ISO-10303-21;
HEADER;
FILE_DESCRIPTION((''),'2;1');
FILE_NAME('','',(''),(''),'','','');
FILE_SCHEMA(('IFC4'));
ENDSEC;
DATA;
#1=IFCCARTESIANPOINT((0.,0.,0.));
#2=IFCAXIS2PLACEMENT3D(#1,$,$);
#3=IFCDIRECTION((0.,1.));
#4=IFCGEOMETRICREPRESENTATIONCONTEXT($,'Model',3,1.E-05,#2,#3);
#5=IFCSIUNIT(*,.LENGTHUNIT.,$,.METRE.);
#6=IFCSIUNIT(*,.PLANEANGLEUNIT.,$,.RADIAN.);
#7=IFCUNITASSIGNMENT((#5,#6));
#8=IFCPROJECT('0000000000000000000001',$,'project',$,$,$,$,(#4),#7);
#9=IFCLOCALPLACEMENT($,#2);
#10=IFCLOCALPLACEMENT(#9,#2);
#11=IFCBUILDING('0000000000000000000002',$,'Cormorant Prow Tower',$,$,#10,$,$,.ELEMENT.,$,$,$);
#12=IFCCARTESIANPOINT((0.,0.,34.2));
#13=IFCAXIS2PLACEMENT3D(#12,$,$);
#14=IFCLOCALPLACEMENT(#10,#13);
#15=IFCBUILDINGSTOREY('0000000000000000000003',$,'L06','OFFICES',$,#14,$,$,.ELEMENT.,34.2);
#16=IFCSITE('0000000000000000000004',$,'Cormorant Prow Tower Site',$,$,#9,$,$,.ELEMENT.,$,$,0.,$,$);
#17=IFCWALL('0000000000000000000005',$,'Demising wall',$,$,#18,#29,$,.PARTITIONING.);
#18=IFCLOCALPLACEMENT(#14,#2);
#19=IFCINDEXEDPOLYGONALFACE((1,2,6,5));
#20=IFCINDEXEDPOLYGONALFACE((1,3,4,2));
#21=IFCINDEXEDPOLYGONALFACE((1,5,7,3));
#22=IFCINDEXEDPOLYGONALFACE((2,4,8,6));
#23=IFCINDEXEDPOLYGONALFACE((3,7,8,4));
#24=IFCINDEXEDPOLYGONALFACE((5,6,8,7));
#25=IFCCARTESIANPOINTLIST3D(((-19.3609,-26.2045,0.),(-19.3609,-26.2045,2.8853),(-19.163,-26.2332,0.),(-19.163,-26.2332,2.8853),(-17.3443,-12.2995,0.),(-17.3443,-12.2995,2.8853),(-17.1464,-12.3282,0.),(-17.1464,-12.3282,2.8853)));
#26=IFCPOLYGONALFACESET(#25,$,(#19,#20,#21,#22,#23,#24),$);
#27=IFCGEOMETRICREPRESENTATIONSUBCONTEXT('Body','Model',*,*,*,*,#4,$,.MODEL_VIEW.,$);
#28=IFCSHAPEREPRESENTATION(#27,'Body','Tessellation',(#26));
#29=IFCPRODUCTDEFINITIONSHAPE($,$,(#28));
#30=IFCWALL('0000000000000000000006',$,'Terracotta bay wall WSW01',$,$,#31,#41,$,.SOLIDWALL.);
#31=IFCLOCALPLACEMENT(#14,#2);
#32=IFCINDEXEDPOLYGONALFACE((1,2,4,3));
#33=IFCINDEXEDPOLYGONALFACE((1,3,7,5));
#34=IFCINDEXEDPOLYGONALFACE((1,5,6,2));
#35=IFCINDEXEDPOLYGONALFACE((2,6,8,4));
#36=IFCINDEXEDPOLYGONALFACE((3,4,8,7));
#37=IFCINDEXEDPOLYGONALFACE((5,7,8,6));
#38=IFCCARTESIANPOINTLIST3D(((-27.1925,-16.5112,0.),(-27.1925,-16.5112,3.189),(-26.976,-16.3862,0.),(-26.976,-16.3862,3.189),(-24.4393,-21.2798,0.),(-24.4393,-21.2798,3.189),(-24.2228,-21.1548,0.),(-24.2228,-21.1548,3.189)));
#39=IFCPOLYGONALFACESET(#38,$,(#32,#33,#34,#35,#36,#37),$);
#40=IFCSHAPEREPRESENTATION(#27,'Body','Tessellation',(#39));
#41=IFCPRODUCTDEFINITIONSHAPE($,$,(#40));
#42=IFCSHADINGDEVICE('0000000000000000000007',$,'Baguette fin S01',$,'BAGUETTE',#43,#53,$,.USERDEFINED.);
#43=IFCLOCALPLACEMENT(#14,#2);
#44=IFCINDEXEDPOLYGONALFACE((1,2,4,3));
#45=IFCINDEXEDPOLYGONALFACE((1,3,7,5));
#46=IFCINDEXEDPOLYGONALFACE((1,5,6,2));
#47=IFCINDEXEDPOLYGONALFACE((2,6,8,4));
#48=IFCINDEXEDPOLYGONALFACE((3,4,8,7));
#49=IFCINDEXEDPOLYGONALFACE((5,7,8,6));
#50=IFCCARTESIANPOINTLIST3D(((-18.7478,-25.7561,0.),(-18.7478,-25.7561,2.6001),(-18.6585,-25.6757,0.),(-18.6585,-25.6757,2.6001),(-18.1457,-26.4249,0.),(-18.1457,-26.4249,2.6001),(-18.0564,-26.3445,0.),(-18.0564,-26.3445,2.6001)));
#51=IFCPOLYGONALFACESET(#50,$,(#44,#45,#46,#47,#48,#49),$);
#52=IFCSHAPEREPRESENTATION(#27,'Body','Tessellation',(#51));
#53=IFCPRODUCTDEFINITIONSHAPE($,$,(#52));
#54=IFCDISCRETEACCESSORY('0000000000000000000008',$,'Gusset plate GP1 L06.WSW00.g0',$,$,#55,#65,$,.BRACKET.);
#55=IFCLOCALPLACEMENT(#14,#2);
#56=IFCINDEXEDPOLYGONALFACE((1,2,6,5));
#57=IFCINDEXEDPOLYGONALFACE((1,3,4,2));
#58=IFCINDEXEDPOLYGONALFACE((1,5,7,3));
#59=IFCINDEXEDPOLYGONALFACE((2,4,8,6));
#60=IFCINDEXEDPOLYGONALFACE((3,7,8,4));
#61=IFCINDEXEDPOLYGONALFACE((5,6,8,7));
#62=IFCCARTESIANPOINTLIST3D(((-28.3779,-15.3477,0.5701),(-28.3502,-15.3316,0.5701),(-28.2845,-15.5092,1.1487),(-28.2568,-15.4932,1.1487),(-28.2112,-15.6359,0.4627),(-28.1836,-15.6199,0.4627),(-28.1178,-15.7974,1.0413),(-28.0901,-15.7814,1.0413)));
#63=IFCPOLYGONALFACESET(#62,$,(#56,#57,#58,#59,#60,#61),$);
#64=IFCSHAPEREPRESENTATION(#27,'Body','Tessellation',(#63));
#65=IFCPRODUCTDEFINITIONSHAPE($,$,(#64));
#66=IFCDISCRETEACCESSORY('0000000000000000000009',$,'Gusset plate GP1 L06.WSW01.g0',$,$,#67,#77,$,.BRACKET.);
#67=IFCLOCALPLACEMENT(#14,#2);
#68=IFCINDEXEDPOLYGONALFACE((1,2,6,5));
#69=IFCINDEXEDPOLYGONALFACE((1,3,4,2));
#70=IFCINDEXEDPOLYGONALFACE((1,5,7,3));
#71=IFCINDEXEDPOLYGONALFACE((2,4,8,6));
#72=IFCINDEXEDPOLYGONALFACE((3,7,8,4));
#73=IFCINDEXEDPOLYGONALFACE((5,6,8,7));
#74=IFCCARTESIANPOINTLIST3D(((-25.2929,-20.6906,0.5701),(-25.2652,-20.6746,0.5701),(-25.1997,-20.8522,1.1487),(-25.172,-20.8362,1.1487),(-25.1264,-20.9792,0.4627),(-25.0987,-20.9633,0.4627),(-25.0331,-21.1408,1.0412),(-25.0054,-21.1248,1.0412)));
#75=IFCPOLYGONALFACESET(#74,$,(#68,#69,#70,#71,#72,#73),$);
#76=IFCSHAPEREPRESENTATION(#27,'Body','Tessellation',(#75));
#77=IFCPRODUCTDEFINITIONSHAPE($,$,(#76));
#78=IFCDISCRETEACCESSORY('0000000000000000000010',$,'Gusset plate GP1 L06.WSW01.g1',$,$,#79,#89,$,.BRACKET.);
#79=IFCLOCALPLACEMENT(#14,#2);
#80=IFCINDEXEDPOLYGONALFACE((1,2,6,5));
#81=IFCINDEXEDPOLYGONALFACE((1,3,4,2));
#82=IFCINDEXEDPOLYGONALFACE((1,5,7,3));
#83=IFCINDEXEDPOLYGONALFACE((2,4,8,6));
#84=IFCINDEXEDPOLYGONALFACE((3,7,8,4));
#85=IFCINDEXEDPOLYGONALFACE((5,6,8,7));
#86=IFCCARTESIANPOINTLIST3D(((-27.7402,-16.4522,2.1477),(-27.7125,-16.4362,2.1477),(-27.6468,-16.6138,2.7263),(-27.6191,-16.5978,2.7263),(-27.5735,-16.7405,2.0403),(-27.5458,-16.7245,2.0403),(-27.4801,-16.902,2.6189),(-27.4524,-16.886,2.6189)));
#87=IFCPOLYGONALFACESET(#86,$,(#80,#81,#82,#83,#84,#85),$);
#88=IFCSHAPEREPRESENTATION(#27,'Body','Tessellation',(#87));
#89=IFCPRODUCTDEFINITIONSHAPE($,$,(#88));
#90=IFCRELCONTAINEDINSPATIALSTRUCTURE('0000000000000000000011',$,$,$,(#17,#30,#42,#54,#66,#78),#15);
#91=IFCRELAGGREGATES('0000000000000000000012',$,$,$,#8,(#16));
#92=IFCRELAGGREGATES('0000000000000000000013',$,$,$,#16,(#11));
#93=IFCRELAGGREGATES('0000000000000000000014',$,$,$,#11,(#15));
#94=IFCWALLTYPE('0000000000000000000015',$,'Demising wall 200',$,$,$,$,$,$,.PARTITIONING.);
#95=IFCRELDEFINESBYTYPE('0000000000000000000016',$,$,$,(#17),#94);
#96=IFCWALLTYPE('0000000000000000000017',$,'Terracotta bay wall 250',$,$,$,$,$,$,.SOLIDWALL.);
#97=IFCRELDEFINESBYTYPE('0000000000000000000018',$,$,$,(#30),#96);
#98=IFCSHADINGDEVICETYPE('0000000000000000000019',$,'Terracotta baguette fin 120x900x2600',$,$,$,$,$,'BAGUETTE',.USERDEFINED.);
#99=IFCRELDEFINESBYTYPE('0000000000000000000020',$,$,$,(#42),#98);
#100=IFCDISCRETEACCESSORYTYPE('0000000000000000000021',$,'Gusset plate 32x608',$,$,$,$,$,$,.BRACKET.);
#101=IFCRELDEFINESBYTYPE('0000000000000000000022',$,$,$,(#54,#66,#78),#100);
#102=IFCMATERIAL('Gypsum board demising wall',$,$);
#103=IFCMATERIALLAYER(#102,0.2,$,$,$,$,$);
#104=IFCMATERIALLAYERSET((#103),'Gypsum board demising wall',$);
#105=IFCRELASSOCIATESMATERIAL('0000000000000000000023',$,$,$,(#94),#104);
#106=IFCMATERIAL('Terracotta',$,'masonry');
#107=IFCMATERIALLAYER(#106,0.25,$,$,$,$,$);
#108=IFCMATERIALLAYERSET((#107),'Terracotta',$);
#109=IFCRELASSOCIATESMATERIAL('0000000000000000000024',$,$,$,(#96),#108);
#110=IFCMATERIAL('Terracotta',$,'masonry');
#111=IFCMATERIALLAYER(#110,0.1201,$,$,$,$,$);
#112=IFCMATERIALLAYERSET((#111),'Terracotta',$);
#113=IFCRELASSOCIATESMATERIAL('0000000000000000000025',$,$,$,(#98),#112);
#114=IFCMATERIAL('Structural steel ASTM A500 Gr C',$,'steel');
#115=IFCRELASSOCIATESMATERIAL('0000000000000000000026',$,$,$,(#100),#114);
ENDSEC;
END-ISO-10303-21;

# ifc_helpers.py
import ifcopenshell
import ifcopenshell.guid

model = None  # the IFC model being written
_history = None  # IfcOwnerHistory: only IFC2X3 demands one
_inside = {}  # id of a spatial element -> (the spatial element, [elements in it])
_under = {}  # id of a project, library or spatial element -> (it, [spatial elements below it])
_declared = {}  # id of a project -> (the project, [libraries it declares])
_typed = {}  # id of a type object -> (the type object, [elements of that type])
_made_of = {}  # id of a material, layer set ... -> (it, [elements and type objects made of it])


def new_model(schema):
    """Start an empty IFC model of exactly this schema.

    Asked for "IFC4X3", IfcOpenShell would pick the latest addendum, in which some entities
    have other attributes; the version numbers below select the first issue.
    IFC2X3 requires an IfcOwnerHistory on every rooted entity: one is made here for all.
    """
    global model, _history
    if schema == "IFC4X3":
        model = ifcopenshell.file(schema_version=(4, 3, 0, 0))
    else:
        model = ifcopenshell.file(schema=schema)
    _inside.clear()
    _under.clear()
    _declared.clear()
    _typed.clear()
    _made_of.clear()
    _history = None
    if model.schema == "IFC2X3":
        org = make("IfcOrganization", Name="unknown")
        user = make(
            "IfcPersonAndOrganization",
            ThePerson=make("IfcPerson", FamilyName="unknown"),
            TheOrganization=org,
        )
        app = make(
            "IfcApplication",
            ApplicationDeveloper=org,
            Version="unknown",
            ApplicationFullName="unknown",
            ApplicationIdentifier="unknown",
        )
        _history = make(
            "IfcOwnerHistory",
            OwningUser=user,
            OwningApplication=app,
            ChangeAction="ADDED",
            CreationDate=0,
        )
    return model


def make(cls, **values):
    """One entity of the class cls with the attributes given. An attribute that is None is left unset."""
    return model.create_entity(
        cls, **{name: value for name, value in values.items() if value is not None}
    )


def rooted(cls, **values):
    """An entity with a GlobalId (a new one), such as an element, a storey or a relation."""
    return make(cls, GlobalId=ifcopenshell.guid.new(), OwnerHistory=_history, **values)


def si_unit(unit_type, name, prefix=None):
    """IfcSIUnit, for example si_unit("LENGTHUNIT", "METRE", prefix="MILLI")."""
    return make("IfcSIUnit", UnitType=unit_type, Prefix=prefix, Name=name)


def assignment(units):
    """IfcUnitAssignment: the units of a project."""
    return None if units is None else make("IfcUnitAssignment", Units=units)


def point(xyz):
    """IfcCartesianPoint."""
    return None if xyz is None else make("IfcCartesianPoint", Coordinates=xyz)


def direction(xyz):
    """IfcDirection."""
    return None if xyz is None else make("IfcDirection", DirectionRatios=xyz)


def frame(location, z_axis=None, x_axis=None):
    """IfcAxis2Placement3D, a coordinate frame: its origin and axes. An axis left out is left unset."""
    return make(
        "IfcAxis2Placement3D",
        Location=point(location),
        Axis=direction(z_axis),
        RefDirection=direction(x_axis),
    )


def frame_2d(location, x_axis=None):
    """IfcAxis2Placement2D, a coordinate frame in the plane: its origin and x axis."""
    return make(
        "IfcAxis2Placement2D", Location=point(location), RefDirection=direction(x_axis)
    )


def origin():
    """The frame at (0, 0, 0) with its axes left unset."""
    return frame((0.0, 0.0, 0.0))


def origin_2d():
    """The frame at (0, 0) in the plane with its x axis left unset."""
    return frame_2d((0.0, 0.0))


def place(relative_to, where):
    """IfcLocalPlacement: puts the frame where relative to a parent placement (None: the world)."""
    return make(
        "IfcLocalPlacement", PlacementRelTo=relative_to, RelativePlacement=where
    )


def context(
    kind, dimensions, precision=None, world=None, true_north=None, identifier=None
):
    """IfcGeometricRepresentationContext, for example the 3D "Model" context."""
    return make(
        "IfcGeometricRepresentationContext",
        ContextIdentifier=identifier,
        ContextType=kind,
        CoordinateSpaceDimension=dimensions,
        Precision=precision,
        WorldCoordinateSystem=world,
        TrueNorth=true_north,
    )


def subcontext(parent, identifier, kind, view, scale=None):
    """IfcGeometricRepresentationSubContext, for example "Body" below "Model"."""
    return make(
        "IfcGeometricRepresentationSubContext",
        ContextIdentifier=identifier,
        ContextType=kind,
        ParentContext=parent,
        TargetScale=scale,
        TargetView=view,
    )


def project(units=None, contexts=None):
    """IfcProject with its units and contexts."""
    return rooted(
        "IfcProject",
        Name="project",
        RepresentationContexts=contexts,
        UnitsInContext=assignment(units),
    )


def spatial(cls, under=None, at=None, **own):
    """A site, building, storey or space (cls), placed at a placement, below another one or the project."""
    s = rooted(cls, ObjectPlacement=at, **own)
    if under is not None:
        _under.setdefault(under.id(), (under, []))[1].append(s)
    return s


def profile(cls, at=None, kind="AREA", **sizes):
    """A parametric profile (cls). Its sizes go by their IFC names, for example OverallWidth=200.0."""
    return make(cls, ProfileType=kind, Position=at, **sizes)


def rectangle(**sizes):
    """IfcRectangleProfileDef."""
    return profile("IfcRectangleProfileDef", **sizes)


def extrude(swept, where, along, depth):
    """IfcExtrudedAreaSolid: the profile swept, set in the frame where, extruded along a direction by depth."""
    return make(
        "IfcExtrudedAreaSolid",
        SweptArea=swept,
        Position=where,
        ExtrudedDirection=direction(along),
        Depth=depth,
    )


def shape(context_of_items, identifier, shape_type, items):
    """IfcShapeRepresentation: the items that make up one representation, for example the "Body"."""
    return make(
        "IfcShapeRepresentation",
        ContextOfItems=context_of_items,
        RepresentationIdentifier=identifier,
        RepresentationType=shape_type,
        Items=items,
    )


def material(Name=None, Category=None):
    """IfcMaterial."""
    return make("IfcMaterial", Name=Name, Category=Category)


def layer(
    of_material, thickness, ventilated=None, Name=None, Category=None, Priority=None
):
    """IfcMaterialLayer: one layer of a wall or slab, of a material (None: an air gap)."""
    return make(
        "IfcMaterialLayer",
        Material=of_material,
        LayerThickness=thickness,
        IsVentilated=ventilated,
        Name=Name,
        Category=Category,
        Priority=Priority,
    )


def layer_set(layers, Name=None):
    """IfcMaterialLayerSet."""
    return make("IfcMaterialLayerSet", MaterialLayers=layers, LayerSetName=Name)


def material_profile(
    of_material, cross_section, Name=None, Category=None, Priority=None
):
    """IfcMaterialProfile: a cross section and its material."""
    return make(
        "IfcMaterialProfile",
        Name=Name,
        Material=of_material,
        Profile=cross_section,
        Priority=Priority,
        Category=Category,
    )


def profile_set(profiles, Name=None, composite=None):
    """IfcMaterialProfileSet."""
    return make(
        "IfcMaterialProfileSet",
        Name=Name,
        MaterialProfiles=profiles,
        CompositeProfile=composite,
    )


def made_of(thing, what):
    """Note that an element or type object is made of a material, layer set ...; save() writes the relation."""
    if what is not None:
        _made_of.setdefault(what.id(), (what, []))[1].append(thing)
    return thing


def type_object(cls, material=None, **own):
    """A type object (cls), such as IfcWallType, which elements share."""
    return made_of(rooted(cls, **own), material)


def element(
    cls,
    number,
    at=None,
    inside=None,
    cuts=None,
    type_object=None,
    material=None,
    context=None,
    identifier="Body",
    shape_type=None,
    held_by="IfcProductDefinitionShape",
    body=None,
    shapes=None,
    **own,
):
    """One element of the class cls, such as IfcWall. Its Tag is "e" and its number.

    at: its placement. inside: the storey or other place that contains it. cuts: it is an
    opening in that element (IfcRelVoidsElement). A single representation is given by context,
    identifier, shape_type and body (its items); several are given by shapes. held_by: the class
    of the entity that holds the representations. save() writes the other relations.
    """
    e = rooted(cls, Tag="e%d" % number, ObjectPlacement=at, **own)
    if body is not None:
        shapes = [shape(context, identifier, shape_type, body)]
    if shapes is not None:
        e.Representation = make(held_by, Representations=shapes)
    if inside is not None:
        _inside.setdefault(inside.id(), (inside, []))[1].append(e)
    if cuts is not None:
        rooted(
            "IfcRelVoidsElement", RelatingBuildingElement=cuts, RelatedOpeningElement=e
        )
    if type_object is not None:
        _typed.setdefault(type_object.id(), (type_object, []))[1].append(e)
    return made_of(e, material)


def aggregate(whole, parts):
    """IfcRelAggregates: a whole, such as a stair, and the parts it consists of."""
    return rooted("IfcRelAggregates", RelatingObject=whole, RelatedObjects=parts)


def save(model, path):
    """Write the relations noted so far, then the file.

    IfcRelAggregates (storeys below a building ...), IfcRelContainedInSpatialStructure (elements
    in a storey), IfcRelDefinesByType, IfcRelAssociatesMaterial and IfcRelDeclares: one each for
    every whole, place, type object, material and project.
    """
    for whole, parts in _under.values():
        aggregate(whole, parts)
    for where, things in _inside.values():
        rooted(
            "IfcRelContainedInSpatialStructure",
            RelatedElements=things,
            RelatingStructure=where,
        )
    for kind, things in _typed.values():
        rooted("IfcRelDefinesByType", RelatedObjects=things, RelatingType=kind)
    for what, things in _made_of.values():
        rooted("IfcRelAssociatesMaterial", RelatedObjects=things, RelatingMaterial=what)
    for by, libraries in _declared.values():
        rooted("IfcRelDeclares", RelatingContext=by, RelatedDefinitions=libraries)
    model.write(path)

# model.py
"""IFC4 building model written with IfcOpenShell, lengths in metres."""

from ifc_helpers import new_model, si_unit, direction, frame, frame_2d, origin, origin_2d, place, context, subcontext, project, spatial, rectangle, extrude, material, layer, layer_set, material_profile, profile_set, type_object, element, save


model = new_model("IFC4")

# Units and contexts
model_context = context("Model", 3, precision=1e-05, world=origin(), true_north=direction((0.0, 1.0)))
body_context = subcontext(model_context, "Body", "Model", "MODEL_VIEW")
ifc_project = project(units=[si_unit("LENGTHUNIT", "METRE"), si_unit("PLANEANGLEUNIT", "RADIAN")], contexts=[model_context])

# Site, building, storey
site_placement = place(None, origin())
site = spatial("IfcSite", under=ifc_project, at=site_placement, Name="Cormorant Prow Tower Site", CompositionType="ELEMENT", RefElevation=0.0)
building_placement = place(site_placement, origin())
building = spatial("IfcBuilding", under=site, at=building_placement, Name="Cormorant Prow Tower", CompositionType="ELEMENT")
storey_placement = place(building_placement, frame((0.0, 0.0, 34.2)))
storey = spatial("IfcBuildingStorey", under=building, at=storey_placement, Name="L06", Description="OFFICES", CompositionType="ELEMENT", Elevation=34.2)

# Walls
ifc_material_1 = material(Name="Gypsum board demising wall")
ifc_layer_1 = layer(ifc_material_1, 0.2)
ifc_layer_set_1 = layer_set([ifc_layer_1], Name="Gypsum board demising wall")
wall_type_1 = type_object("IfcWallType", Name="Demising wall 200", PredefinedType="PARTITIONING", material=ifc_layer_set_1)
wall_1_placement = place(storey_placement, frame((-19.262, -26.219, 0.0), z_axis=(0.0, 0.0, 1.0), x_axis=(0.143525, 0.989647, 0.0)))
element("IfcWall", 1, at=wall_1_placement, inside=storey, type_object=wall_type_1, Name="Demising wall", PredefinedType="PARTITIONING", context=body_context, shape_type="SweptSolid", body=[
    extrude(rectangle(XDim=14.0505, YDim=0.2, at=frame_2d((7.0254, 0.0))), origin(), (0.0, 0.0, 1.0), 2.8853),
])
ifc_material_2 = material(Name="Terracotta", Category="masonry")
ifc_layer_2 = layer(ifc_material_2, 0.25)
ifc_layer_set_2 = layer_set([ifc_layer_2], Name="Terracotta")
wall_type_2 = type_object("IfcWallType", Name="Terracotta bay wall 250", PredefinedType="SOLIDWALL", material=ifc_layer_set_2)
wall_2_placement = place(storey_placement, frame((-27.0842, -16.4487, 0.0), z_axis=(0.0, 0.0, 1.0), x_axis=(0.500006, -0.866022, 0.0)))
element("IfcWall", 2, at=wall_2_placement, inside=storey, type_object=wall_type_2, Name="Terracotta bay wall WSW01", PredefinedType="SOLIDWALL", context=body_context, shape_type="SweptSolid", body=[
    extrude(rectangle(XDim=5.5063, YDim=0.25, at=frame_2d((2.7532, 0.0))), origin(), (0.0, 0.0, 1.0), 3.189),
])

# Shading device
ifc_material_3 = material(Name="Terracotta", Category="masonry")
ifc_layer_3 = layer(ifc_material_3, 0.1201)
ifc_layer_set_3 = layer_set([ifc_layer_3], Name="Terracotta")
shading_device_type = type_object("IfcShadingDeviceType", Name="Terracotta baguette fin 120x900x2600", ElementType="BAGUETTE", PredefinedType="USERDEFINED", material=ifc_layer_set_3)
shading_device_placement = place(storey_placement, frame((-18.4021, -26.0503, 0.0), z_axis=(0.0, 0.0, 1.0), x_axis=(0.743145, 0.669131, 0.0)))
element("IfcShadingDevice", 3, at=shading_device_placement, inside=storey, type_object=shading_device_type, Name="Baguette fin S01", ObjectType="BAGUETTE", PredefinedType="USERDEFINED", context=body_context, shape_type="SweptSolid", body=[
    extrude(rectangle(XDim=0.1201, YDim=0.8999, at=origin_2d()), origin(), (0.0, 0.0, 1.0), 2.6001),
])

# Discrete accessories
ifc_material_4 = material(Name="Structural steel ASTM A500 Gr C", Category="steel")
ifc_material_profile_1 = material_profile(ifc_material_4, rectangle(XDim=0.032, YDim=0.6079, at=origin_2d()), Name="Gusset plate 32x608")
ifc_profile_set_1 = profile_set([ifc_material_profile_1], Name="Structural steel ASTM A500 Gr C")
discrete_accessory_type = type_object("IfcDiscreteAccessoryType", Name="Gusset plate 32x608", PredefinedType="BRACKET", material=ifc_profile_set_1)
discrete_accessory_1_placement = place(storey_placement, frame((-28.3174, -15.4204, 0.8594), z_axis=(0.476465, -0.823872, -0.306946), x_axis=(0.86566, 0.500632, 0.0)))
element("IfcDiscreteAccessory", 4, at=discrete_accessory_1_placement, inside=storey, type_object=discrete_accessory_type, Name="Gusset plate GP1 L06.WSW00.g0", PredefinedType="BRACKET", context=body_context, shape_type="SweptSolid", body=[
    extrude(rectangle(XDim=0.032, YDim=0.6079, at=origin_2d()), origin(), (0.0, 0.0, 1.0), 0.3499),
])
discrete_accessory_2_placement = place(storey_placement, frame((-25.2324, -20.7634, 0.8594), z_axis=(0.475652, -0.82437, -0.306872), x_axis=(0.866161, 0.499765, 0.0)))
element("IfcDiscreteAccessory", 5, at=discrete_accessory_2_placement, inside=storey, type_object=discrete_accessory_type, Name="Gusset plate GP1 L06.WSW01.g0", PredefinedType="BRACKET", context=body_context, shape_type="SweptSolid", body=[
    extrude(rectangle(XDim=0.032, YDim=0.6079, at=origin_2d()), origin(), (0.0, 0.0, 1.0), 0.3501),
])
discrete_accessory_3_placement = place(storey_placement, frame((-27.5129, -16.8132, 2.3296), z_axis=(-0.476465, 0.823872, 0.306946), x_axis=(-0.86566, -0.500632, 0.0)))
element("IfcDiscreteAccessory", 6, at=discrete_accessory_3_placement, inside=storey, type_object=discrete_accessory_type, Name="Gusset plate GP1 L06.WSW01.g1", PredefinedType="BRACKET", context=body_context, shape_type="SweptSolid", body=[
    extrude(rectangle(XDim=0.032, YDim=0.6079, at=origin_2d()), origin(), (0.0, 0.0, 1.0), 0.3499),
])

save(model, "model.ifc")
